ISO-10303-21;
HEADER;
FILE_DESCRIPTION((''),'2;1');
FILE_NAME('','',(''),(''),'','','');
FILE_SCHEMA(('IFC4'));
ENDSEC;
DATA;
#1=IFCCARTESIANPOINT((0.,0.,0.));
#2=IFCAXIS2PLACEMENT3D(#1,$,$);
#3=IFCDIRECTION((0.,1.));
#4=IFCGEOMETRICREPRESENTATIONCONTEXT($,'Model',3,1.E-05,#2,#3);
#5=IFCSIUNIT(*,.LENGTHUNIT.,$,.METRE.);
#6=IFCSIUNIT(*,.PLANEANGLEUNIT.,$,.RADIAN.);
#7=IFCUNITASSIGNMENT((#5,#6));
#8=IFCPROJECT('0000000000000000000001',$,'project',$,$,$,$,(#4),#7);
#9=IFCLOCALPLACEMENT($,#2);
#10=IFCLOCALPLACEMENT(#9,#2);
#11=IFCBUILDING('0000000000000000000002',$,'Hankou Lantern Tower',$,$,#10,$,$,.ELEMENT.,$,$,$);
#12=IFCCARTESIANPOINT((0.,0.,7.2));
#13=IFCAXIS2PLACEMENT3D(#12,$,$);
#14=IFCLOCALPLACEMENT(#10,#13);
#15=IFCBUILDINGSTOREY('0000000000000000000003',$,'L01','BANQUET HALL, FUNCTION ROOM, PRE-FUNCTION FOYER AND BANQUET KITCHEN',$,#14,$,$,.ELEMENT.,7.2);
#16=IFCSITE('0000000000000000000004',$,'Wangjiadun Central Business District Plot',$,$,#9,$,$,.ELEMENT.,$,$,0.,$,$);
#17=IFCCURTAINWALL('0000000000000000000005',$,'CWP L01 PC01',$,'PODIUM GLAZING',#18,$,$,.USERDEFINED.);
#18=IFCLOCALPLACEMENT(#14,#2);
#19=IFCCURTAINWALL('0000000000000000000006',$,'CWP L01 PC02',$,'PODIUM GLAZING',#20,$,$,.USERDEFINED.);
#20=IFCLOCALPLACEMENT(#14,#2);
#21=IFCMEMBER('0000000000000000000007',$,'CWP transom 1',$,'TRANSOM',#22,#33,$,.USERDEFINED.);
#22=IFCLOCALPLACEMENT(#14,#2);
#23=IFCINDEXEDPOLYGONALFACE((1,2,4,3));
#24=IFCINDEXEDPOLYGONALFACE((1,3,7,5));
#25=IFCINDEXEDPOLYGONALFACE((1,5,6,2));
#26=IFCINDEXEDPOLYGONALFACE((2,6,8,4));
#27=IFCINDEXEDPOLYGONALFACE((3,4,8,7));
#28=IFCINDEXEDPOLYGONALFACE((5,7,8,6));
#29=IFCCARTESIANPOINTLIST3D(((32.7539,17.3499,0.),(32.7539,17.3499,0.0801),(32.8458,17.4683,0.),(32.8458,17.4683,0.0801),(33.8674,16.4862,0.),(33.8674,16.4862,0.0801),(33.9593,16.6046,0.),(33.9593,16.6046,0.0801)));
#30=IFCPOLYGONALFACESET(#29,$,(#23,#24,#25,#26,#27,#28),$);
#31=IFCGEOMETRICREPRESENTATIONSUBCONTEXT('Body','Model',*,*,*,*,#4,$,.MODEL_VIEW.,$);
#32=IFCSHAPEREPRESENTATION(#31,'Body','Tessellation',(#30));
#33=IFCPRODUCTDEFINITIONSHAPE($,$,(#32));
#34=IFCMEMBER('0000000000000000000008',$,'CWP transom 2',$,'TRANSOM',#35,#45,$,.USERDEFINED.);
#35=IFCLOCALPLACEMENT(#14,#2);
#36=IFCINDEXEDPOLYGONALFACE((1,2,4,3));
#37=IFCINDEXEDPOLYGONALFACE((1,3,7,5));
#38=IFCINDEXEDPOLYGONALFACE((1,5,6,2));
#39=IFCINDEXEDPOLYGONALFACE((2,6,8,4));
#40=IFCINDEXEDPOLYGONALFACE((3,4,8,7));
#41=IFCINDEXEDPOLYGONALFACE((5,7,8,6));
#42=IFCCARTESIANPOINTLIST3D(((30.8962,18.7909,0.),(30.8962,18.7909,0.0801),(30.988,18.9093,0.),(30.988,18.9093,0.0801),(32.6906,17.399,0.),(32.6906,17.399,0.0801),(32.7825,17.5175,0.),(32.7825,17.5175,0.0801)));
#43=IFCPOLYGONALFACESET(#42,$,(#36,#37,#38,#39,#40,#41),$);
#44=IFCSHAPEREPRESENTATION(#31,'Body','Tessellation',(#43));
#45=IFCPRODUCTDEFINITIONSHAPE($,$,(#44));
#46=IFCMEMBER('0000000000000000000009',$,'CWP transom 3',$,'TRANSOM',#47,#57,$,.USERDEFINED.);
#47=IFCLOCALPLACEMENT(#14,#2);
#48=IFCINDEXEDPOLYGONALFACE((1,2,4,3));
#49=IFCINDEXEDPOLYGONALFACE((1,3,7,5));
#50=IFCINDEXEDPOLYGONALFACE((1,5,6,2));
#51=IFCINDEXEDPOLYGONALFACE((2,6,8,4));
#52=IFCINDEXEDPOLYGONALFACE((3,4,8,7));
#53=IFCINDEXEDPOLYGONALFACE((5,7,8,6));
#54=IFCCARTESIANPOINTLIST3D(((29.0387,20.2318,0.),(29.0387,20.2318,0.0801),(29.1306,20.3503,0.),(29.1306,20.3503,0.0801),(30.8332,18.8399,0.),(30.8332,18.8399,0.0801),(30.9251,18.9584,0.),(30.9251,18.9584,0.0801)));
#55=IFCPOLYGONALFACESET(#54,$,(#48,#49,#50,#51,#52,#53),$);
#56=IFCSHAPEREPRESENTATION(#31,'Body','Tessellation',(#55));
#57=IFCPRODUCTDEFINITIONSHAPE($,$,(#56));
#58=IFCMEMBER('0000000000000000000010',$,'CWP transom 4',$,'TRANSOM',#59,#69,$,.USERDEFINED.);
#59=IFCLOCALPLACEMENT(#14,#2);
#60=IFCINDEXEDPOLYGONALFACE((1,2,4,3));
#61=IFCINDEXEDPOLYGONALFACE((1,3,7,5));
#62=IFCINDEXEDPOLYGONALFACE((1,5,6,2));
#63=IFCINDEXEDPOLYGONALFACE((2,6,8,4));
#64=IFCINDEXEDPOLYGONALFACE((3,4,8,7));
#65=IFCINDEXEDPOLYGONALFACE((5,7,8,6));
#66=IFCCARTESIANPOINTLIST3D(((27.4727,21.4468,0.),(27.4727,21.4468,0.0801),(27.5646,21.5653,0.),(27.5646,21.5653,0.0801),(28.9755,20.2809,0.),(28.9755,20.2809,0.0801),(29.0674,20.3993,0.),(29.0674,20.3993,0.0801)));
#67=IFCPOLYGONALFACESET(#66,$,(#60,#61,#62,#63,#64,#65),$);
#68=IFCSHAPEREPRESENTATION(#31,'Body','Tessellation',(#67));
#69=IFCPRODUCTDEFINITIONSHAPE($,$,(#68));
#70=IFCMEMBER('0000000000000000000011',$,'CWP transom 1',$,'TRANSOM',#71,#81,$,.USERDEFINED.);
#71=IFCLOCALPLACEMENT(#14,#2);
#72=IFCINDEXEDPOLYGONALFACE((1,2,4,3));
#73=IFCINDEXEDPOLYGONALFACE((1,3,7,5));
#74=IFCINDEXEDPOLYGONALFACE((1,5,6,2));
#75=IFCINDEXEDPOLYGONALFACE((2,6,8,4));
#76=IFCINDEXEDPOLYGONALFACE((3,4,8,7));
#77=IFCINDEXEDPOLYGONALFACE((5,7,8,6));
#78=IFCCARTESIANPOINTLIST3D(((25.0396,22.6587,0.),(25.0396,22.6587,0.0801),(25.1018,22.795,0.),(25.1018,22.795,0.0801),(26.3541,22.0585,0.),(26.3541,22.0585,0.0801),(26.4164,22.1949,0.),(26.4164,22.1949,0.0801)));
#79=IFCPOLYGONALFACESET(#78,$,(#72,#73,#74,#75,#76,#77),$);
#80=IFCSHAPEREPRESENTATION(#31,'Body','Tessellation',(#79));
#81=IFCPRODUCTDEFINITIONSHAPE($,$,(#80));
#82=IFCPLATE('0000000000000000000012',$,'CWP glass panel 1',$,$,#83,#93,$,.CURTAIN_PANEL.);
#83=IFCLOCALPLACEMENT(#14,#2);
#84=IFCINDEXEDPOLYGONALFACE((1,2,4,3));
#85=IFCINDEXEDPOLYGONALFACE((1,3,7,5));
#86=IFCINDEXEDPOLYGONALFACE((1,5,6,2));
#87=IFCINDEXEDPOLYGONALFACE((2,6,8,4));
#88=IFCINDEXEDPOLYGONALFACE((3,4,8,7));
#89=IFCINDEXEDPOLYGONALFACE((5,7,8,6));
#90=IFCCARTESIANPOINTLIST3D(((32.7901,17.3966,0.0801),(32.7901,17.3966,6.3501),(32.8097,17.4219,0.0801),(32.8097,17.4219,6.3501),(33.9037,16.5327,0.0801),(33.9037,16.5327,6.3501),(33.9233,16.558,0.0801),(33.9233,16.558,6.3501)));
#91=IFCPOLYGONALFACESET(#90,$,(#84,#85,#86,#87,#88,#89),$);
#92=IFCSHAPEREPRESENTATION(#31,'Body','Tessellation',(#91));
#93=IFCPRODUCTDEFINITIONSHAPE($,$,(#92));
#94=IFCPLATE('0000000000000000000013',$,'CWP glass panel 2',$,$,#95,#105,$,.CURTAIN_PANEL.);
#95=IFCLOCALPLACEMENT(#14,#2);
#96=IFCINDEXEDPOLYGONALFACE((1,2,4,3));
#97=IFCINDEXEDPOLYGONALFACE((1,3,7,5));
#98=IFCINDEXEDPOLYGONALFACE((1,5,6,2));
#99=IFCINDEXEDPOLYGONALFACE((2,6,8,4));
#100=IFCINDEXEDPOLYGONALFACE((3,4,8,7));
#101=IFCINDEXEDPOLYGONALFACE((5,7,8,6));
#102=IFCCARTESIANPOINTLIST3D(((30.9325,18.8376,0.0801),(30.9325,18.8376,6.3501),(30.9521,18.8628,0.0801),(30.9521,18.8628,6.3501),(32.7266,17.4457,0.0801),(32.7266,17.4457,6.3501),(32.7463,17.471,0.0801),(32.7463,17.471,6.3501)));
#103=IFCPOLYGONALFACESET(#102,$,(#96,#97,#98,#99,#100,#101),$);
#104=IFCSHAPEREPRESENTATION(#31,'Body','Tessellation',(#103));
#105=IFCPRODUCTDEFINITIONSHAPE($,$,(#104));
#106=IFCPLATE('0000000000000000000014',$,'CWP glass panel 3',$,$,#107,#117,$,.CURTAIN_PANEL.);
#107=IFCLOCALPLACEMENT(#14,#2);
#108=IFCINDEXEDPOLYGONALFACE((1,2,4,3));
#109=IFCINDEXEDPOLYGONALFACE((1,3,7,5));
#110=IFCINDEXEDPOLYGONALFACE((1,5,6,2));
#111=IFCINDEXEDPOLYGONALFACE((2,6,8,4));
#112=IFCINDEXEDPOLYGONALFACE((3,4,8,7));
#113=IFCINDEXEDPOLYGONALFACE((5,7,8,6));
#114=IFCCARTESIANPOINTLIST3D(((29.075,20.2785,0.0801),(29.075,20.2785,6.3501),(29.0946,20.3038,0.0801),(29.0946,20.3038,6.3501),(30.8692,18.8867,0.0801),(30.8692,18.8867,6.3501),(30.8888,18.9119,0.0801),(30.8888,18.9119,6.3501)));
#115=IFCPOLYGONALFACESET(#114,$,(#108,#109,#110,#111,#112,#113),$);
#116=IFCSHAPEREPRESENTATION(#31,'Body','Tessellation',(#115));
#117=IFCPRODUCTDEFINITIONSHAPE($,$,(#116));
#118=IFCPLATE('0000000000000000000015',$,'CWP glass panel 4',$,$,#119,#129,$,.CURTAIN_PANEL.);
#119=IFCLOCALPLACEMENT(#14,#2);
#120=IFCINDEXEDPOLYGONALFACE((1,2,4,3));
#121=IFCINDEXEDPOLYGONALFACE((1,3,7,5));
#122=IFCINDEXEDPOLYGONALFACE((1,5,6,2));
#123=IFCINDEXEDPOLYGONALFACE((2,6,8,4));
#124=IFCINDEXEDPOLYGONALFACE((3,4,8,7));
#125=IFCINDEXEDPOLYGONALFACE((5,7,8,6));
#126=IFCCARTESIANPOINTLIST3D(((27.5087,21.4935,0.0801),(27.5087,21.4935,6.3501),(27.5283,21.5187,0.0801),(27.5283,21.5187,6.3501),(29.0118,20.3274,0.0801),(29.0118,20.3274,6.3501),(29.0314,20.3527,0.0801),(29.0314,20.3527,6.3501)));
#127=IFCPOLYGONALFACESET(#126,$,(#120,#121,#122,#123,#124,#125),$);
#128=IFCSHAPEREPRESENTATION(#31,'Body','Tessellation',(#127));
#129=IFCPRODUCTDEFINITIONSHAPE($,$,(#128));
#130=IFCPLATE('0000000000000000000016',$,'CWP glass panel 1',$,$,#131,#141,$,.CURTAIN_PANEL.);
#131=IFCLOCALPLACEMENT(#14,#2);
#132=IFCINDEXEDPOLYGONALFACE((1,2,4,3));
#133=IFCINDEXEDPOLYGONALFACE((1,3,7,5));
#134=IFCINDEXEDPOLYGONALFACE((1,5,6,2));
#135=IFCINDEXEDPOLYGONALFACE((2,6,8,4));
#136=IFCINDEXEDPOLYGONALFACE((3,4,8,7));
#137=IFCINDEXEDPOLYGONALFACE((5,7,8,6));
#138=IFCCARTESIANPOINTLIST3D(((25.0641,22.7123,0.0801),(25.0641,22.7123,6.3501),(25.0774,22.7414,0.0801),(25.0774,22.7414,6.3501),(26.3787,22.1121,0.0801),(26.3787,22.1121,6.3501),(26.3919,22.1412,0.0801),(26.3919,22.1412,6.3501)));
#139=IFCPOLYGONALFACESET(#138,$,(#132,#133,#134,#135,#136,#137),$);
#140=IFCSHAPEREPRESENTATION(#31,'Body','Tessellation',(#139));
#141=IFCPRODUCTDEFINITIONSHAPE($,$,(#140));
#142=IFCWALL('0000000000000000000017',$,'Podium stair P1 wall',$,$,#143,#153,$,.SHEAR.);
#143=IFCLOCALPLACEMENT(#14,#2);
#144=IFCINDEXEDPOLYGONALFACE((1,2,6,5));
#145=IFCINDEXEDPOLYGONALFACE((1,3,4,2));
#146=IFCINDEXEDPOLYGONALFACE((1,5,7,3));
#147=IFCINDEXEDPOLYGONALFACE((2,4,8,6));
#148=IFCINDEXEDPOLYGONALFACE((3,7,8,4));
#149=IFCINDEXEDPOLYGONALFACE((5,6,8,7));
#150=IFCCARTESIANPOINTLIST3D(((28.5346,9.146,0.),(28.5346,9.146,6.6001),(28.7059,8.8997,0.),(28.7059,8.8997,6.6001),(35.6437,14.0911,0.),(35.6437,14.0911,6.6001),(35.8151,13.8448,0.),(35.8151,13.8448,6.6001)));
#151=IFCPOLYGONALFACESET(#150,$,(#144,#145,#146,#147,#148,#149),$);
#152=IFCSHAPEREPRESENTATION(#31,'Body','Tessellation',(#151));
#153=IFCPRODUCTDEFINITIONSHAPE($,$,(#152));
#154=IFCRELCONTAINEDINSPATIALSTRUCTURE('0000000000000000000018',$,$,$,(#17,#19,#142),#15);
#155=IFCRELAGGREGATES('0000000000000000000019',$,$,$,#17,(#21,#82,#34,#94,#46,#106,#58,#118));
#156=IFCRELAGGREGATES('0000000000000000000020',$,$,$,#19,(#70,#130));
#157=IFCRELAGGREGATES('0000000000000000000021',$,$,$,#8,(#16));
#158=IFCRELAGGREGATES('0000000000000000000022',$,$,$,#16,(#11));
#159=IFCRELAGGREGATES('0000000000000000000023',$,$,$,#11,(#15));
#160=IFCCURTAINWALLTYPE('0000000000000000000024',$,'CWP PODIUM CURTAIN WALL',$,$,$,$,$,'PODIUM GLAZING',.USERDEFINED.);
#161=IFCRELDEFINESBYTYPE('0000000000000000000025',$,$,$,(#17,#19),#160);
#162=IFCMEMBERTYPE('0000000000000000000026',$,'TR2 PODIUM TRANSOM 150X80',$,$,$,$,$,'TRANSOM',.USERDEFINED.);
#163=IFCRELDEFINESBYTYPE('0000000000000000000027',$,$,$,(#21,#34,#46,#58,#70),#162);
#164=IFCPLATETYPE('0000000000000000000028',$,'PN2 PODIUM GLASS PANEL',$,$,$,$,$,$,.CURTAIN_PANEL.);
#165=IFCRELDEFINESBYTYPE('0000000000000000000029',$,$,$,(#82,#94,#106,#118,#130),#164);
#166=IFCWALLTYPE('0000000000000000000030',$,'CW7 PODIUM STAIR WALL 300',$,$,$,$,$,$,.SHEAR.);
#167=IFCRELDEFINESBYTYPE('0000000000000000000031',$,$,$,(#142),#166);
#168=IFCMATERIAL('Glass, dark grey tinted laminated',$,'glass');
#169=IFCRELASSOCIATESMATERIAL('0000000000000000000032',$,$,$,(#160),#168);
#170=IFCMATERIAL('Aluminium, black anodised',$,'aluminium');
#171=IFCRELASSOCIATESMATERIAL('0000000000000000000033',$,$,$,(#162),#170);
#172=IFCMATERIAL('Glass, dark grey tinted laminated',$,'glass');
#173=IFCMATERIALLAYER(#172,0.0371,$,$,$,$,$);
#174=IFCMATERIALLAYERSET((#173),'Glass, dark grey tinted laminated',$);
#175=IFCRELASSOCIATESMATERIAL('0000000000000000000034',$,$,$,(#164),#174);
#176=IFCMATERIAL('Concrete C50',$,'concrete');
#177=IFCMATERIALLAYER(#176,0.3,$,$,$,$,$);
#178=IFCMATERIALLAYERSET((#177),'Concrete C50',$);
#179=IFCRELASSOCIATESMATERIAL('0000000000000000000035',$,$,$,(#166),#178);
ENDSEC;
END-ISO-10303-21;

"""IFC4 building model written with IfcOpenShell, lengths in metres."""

from ifc_helpers import new_model, si_unit, direction, frame, frame_2d, origin, origin_2d, place, context, subcontext, project, spatial, rectangle, extrude, material, layer, layer_set, material_profile, profile_set, type_object, element, aggregate, save


model = new_model("IFC4")

# Units and contexts
model_context = context("Model", 3, precision=1e-05, world=origin(), true_north=direction((0.0, 1.0)))
body_context = subcontext(model_context, "Body", "Model", "MODEL_VIEW")
ifc_project = project(units=[si_unit("LENGTHUNIT", "METRE"), si_unit("PLANEANGLEUNIT", "RADIAN")], contexts=[model_context])

# Site, building, storey
site_placement = place(None, origin())
site = spatial("IfcSite", under=ifc_project, at=site_placement, Name="Wangjiadun Central Business District Plot", CompositionType="ELEMENT", RefElevation=0.0)
building_placement = place(site_placement, origin())
building = spatial("IfcBuilding", under=site, at=building_placement, Name="Hankou Lantern Tower", CompositionType="ELEMENT")
storey_placement = place(building_placement, frame((0.0, 0.0, 7.2)))
storey = spatial("IfcBuildingStorey", under=building, at=storey_placement, Name="L01", Description="BANQUET HALL, FUNCTION ROOM, PRE-FUNCTION FOYER AND BANQUET KITCHEN", CompositionType="ELEMENT", Elevation=7.2)

# Curtain walls
ifc_material_1 = material(Name="Glass, dark grey tinted laminated", Category="glass")
curtain_wall_type = type_object("IfcCurtainWallType", Name="CWP PODIUM CURTAIN WALL", ElementType="PODIUM GLAZING", PredefinedType="USERDEFINED", material=ifc_material_1)
curtain_wall_1_placement = place(storey_placement, origin())
curtain_wall_1 = element("IfcCurtainWall", 1, at=curtain_wall_1_placement, inside=storey, type_object=curtain_wall_type, Name="CWP L01 PC01", ObjectType="PODIUM GLAZING", PredefinedType="USERDEFINED")
curtain_wall_2_placement = place(storey_placement, origin())
curtain_wall_2 = element("IfcCurtainWall", 2, at=curtain_wall_2_placement, inside=storey, type_object=curtain_wall_type, Name="CWP L01 PC02", ObjectType="PODIUM GLAZING", PredefinedType="USERDEFINED")

# Members
ifc_material_2 = material(Name="Aluminium, black anodised", Category="aluminium")
ifc_material_profile_1 = material_profile(ifc_material_2, rectangle(XDim=0.1499, YDim=0.0801, at=origin_2d()), Name="TR2 150X80")
ifc_profile_set_1 = profile_set([ifc_material_profile_1], Name="Aluminium, black anodised")
member_type_1 = type_object("IfcMemberType", Name="TR2 PODIUM TRANSOM 150X80", ElementType="TRANSOM", PredefinedType="USERDEFINED", material=ifc_profile_set_1)
member_1_placement = place(storey_placement, frame((33.9133, 16.5454, 0.04), z_axis=(-0.790144, 0.612921, 0.0), x_axis=(-0.612921, -0.790144, 0.0)))
member_1 = element("IfcMember", 3, at=member_1_placement, type_object=member_type_1, Name="CWP transom 1", ObjectType="TRANSOM", PredefinedType="USERDEFINED", context=body_context, shape_type="SweptSolid", body=[
    extrude(rectangle(XDim=0.1499, YDim=0.0801, at=origin_2d()), origin(), (0.0, 0.0, 1.0), 1.4092),
])
member_2_placement = place(storey_placement, frame((32.7366, 17.4583, 0.04), z_axis=(-0.790168, 0.612891, 0.0), x_axis=(-0.612891, -0.790168, 0.0)))
member_2 = element("IfcMember", 4, at=member_2_placement, type_object=member_type_1, Name="CWP transom 2", ObjectType="TRANSOM", PredefinedType="USERDEFINED", context=body_context, shape_type="SweptSolid", body=[
    extrude(rectangle(XDim=0.1499, YDim=0.0801, at=origin_2d()), origin(), (0.0, 0.0, 1.0), 2.271),
])
member_3_placement = place(storey_placement, frame((30.8792, 18.8992, 0.04), z_axis=(-0.790168, 0.612891, 0.0), x_axis=(-0.612891, -0.790168, 0.0)))
member_3 = element("IfcMember", 5, at=member_3_placement, type_object=member_type_1, Name="CWP transom 3", ObjectType="TRANSOM", PredefinedType="USERDEFINED", context=body_context, shape_type="SweptSolid", body=[
    extrude(rectangle(XDim=0.1499, YDim=0.0801, at=origin_2d()), origin(), (0.0, 0.0, 1.0), 2.271),
])
member_4_placement = place(storey_placement, frame((29.0215, 20.3401, 0.04), z_axis=(-0.790098, 0.612981, 0.0), x_axis=(-0.612981, -0.790098, 0.0)))
member_4 = element("IfcMember", 6, at=member_4_placement, type_object=member_type_1, Name="CWP transom 4", ObjectType="TRANSOM", PredefinedType="USERDEFINED", context=body_context, shape_type="SweptSolid", body=[
    extrude(rectangle(XDim=0.1499, YDim=0.0801, at=origin_2d()), origin(), (0.0, 0.0, 1.0), 1.9021),
])
member_5_placement = place(storey_placement, frame((26.3853, 22.1267, 0.04), z_axis=(-0.909682, 0.415305, 0.0), x_axis=(-0.415305, -0.909682, 0.0)))
member_5 = element("IfcMember", 7, at=member_5_placement, type_object=member_type_1, Name="CWP transom 1", ObjectType="TRANSOM", PredefinedType="USERDEFINED", context=body_context, shape_type="SweptSolid", body=[
    extrude(rectangle(XDim=0.1499, YDim=0.0801, at=origin_2d()), origin(), (0.0, 0.0, 1.0), 1.4451),
])

# Plates
ifc_material_3 = material(Name="Glass, dark grey tinted laminated", Category="glass")
ifc_layer_1 = layer(ifc_material_3, 0.0371)
ifc_layer_set_1 = layer_set([ifc_layer_1], Name="Glass, dark grey tinted laminated")
plate_type = type_object("IfcPlateType", Name="PN2 PODIUM GLASS PANEL", PredefinedType="CURTAIN_PANEL", material=ifc_layer_set_1)
plate_1_placement = place(storey_placement, frame((33.3567, 16.9773, 0.0801), z_axis=(0.0, 0.0, 1.0), x_axis=(-0.79013, 0.61294, 0.0)))
plate_1 = element("IfcPlate", 8, at=plate_1_placement, type_object=plate_type, Name="CWP glass panel 1", PredefinedType="CURTAIN_PANEL", context=body_context, shape_type="SweptSolid", body=[
    extrude(rectangle(XDim=1.4094, YDim=0.032, at=origin_2d()), origin(), (0.0, 0.0, 1.0), 6.27),
])
plate_2_placement = place(storey_placement, frame((31.8394, 18.1543, 0.0801), z_axis=(0.0, 0.0, 1.0), x_axis=(-0.79013, 0.61294, 0.0)))
plate_2 = element("IfcPlate", 9, at=plate_2_placement, type_object=plate_type, Name="CWP glass panel 2", PredefinedType="CURTAIN_PANEL", context=body_context, shape_type="SweptSolid", body=[
    extrude(rectangle(XDim=2.2708, YDim=0.032, at=origin_2d()), origin(), (0.0, 0.0, 1.0), 6.27),
])
plate_3_placement = place(storey_placement, frame((29.9819, 19.5952, 0.0801), z_axis=(0.0, 0.0, 1.0), x_axis=(-0.79013, 0.61294, 0.0)))
plate_3 = element("IfcPlate", 10, at=plate_3_placement, type_object=plate_type, Name="CWP glass panel 3", PredefinedType="CURTAIN_PANEL", context=body_context, shape_type="SweptSolid", body=[
    extrude(rectangle(XDim=2.2708, YDim=0.032, at=origin_2d()), origin(), (0.0, 0.0, 1.0), 6.27),
])
plate_4_placement = place(storey_placement, frame((28.27, 20.9231, 0.0801), z_axis=(0.0, 0.0, 1.0), x_axis=(-0.79013, 0.61294, 0.0)))
plate_4 = element("IfcPlate", 11, at=plate_4_placement, type_object=plate_type, Name="CWP glass panel 4", PredefinedType="CURTAIN_PANEL", context=body_context, shape_type="SweptSolid", body=[
    extrude(rectangle(XDim=1.9023, YDim=0.032, at=origin_2d()), origin(), (0.0, 0.0, 1.0), 6.27),
])
aggregate(curtain_wall_1, [member_1, plate_1, member_2, plate_2, member_3, plate_3, member_4, plate_4])
plate_5_placement = place(storey_placement, frame((25.728, 22.4268, 0.0801), z_axis=(0.0, 0.0, 1.0), x_axis=(-0.90967, 0.415332, 0.0)))
plate_5 = element("IfcPlate", 12, at=plate_5_placement, type_object=plate_type, Name="CWP glass panel 1", PredefinedType="CURTAIN_PANEL", context=body_context, shape_type="SweptSolid", body=[
    extrude(rectangle(XDim=1.4451, YDim=0.032, at=origin_2d()), origin(), (0.0, 0.0, 1.0), 6.27),
])
aggregate(curtain_wall_2, [member_5, plate_5])

# Wall
ifc_material_4 = material(Name="Concrete C50", Category="concrete")
ifc_layer_2 = layer(ifc_material_4, 0.3)
ifc_layer_set_2 = layer_set([ifc_layer_2], Name="Concrete C50")
wall_type = type_object("IfcWallType", Name="CW7 PODIUM STAIR WALL 300", PredefinedType="SHEAR", material=ifc_layer_set_2)
wall_placement = place(storey_placement, frame((35.7295, 13.968, 0.0), z_axis=(0.0, 0.0, 1.0), x_axis=(-0.820928, -0.571032, 0.0)))
element("IfcWall", 13, at=wall_placement, inside=storey, type_object=wall_type, Name="Podium stair P1 wall", PredefinedType="SHEAR", context=body_context, shape_type="SweptSolid", body=[
    extrude(rectangle(XDim=8.6599, YDim=0.3, at=frame_2d((4.3301, 0.0))), origin(), (0.0, 0.0, 1.0), 6.6001),
])

save(model, "model.ifc")
